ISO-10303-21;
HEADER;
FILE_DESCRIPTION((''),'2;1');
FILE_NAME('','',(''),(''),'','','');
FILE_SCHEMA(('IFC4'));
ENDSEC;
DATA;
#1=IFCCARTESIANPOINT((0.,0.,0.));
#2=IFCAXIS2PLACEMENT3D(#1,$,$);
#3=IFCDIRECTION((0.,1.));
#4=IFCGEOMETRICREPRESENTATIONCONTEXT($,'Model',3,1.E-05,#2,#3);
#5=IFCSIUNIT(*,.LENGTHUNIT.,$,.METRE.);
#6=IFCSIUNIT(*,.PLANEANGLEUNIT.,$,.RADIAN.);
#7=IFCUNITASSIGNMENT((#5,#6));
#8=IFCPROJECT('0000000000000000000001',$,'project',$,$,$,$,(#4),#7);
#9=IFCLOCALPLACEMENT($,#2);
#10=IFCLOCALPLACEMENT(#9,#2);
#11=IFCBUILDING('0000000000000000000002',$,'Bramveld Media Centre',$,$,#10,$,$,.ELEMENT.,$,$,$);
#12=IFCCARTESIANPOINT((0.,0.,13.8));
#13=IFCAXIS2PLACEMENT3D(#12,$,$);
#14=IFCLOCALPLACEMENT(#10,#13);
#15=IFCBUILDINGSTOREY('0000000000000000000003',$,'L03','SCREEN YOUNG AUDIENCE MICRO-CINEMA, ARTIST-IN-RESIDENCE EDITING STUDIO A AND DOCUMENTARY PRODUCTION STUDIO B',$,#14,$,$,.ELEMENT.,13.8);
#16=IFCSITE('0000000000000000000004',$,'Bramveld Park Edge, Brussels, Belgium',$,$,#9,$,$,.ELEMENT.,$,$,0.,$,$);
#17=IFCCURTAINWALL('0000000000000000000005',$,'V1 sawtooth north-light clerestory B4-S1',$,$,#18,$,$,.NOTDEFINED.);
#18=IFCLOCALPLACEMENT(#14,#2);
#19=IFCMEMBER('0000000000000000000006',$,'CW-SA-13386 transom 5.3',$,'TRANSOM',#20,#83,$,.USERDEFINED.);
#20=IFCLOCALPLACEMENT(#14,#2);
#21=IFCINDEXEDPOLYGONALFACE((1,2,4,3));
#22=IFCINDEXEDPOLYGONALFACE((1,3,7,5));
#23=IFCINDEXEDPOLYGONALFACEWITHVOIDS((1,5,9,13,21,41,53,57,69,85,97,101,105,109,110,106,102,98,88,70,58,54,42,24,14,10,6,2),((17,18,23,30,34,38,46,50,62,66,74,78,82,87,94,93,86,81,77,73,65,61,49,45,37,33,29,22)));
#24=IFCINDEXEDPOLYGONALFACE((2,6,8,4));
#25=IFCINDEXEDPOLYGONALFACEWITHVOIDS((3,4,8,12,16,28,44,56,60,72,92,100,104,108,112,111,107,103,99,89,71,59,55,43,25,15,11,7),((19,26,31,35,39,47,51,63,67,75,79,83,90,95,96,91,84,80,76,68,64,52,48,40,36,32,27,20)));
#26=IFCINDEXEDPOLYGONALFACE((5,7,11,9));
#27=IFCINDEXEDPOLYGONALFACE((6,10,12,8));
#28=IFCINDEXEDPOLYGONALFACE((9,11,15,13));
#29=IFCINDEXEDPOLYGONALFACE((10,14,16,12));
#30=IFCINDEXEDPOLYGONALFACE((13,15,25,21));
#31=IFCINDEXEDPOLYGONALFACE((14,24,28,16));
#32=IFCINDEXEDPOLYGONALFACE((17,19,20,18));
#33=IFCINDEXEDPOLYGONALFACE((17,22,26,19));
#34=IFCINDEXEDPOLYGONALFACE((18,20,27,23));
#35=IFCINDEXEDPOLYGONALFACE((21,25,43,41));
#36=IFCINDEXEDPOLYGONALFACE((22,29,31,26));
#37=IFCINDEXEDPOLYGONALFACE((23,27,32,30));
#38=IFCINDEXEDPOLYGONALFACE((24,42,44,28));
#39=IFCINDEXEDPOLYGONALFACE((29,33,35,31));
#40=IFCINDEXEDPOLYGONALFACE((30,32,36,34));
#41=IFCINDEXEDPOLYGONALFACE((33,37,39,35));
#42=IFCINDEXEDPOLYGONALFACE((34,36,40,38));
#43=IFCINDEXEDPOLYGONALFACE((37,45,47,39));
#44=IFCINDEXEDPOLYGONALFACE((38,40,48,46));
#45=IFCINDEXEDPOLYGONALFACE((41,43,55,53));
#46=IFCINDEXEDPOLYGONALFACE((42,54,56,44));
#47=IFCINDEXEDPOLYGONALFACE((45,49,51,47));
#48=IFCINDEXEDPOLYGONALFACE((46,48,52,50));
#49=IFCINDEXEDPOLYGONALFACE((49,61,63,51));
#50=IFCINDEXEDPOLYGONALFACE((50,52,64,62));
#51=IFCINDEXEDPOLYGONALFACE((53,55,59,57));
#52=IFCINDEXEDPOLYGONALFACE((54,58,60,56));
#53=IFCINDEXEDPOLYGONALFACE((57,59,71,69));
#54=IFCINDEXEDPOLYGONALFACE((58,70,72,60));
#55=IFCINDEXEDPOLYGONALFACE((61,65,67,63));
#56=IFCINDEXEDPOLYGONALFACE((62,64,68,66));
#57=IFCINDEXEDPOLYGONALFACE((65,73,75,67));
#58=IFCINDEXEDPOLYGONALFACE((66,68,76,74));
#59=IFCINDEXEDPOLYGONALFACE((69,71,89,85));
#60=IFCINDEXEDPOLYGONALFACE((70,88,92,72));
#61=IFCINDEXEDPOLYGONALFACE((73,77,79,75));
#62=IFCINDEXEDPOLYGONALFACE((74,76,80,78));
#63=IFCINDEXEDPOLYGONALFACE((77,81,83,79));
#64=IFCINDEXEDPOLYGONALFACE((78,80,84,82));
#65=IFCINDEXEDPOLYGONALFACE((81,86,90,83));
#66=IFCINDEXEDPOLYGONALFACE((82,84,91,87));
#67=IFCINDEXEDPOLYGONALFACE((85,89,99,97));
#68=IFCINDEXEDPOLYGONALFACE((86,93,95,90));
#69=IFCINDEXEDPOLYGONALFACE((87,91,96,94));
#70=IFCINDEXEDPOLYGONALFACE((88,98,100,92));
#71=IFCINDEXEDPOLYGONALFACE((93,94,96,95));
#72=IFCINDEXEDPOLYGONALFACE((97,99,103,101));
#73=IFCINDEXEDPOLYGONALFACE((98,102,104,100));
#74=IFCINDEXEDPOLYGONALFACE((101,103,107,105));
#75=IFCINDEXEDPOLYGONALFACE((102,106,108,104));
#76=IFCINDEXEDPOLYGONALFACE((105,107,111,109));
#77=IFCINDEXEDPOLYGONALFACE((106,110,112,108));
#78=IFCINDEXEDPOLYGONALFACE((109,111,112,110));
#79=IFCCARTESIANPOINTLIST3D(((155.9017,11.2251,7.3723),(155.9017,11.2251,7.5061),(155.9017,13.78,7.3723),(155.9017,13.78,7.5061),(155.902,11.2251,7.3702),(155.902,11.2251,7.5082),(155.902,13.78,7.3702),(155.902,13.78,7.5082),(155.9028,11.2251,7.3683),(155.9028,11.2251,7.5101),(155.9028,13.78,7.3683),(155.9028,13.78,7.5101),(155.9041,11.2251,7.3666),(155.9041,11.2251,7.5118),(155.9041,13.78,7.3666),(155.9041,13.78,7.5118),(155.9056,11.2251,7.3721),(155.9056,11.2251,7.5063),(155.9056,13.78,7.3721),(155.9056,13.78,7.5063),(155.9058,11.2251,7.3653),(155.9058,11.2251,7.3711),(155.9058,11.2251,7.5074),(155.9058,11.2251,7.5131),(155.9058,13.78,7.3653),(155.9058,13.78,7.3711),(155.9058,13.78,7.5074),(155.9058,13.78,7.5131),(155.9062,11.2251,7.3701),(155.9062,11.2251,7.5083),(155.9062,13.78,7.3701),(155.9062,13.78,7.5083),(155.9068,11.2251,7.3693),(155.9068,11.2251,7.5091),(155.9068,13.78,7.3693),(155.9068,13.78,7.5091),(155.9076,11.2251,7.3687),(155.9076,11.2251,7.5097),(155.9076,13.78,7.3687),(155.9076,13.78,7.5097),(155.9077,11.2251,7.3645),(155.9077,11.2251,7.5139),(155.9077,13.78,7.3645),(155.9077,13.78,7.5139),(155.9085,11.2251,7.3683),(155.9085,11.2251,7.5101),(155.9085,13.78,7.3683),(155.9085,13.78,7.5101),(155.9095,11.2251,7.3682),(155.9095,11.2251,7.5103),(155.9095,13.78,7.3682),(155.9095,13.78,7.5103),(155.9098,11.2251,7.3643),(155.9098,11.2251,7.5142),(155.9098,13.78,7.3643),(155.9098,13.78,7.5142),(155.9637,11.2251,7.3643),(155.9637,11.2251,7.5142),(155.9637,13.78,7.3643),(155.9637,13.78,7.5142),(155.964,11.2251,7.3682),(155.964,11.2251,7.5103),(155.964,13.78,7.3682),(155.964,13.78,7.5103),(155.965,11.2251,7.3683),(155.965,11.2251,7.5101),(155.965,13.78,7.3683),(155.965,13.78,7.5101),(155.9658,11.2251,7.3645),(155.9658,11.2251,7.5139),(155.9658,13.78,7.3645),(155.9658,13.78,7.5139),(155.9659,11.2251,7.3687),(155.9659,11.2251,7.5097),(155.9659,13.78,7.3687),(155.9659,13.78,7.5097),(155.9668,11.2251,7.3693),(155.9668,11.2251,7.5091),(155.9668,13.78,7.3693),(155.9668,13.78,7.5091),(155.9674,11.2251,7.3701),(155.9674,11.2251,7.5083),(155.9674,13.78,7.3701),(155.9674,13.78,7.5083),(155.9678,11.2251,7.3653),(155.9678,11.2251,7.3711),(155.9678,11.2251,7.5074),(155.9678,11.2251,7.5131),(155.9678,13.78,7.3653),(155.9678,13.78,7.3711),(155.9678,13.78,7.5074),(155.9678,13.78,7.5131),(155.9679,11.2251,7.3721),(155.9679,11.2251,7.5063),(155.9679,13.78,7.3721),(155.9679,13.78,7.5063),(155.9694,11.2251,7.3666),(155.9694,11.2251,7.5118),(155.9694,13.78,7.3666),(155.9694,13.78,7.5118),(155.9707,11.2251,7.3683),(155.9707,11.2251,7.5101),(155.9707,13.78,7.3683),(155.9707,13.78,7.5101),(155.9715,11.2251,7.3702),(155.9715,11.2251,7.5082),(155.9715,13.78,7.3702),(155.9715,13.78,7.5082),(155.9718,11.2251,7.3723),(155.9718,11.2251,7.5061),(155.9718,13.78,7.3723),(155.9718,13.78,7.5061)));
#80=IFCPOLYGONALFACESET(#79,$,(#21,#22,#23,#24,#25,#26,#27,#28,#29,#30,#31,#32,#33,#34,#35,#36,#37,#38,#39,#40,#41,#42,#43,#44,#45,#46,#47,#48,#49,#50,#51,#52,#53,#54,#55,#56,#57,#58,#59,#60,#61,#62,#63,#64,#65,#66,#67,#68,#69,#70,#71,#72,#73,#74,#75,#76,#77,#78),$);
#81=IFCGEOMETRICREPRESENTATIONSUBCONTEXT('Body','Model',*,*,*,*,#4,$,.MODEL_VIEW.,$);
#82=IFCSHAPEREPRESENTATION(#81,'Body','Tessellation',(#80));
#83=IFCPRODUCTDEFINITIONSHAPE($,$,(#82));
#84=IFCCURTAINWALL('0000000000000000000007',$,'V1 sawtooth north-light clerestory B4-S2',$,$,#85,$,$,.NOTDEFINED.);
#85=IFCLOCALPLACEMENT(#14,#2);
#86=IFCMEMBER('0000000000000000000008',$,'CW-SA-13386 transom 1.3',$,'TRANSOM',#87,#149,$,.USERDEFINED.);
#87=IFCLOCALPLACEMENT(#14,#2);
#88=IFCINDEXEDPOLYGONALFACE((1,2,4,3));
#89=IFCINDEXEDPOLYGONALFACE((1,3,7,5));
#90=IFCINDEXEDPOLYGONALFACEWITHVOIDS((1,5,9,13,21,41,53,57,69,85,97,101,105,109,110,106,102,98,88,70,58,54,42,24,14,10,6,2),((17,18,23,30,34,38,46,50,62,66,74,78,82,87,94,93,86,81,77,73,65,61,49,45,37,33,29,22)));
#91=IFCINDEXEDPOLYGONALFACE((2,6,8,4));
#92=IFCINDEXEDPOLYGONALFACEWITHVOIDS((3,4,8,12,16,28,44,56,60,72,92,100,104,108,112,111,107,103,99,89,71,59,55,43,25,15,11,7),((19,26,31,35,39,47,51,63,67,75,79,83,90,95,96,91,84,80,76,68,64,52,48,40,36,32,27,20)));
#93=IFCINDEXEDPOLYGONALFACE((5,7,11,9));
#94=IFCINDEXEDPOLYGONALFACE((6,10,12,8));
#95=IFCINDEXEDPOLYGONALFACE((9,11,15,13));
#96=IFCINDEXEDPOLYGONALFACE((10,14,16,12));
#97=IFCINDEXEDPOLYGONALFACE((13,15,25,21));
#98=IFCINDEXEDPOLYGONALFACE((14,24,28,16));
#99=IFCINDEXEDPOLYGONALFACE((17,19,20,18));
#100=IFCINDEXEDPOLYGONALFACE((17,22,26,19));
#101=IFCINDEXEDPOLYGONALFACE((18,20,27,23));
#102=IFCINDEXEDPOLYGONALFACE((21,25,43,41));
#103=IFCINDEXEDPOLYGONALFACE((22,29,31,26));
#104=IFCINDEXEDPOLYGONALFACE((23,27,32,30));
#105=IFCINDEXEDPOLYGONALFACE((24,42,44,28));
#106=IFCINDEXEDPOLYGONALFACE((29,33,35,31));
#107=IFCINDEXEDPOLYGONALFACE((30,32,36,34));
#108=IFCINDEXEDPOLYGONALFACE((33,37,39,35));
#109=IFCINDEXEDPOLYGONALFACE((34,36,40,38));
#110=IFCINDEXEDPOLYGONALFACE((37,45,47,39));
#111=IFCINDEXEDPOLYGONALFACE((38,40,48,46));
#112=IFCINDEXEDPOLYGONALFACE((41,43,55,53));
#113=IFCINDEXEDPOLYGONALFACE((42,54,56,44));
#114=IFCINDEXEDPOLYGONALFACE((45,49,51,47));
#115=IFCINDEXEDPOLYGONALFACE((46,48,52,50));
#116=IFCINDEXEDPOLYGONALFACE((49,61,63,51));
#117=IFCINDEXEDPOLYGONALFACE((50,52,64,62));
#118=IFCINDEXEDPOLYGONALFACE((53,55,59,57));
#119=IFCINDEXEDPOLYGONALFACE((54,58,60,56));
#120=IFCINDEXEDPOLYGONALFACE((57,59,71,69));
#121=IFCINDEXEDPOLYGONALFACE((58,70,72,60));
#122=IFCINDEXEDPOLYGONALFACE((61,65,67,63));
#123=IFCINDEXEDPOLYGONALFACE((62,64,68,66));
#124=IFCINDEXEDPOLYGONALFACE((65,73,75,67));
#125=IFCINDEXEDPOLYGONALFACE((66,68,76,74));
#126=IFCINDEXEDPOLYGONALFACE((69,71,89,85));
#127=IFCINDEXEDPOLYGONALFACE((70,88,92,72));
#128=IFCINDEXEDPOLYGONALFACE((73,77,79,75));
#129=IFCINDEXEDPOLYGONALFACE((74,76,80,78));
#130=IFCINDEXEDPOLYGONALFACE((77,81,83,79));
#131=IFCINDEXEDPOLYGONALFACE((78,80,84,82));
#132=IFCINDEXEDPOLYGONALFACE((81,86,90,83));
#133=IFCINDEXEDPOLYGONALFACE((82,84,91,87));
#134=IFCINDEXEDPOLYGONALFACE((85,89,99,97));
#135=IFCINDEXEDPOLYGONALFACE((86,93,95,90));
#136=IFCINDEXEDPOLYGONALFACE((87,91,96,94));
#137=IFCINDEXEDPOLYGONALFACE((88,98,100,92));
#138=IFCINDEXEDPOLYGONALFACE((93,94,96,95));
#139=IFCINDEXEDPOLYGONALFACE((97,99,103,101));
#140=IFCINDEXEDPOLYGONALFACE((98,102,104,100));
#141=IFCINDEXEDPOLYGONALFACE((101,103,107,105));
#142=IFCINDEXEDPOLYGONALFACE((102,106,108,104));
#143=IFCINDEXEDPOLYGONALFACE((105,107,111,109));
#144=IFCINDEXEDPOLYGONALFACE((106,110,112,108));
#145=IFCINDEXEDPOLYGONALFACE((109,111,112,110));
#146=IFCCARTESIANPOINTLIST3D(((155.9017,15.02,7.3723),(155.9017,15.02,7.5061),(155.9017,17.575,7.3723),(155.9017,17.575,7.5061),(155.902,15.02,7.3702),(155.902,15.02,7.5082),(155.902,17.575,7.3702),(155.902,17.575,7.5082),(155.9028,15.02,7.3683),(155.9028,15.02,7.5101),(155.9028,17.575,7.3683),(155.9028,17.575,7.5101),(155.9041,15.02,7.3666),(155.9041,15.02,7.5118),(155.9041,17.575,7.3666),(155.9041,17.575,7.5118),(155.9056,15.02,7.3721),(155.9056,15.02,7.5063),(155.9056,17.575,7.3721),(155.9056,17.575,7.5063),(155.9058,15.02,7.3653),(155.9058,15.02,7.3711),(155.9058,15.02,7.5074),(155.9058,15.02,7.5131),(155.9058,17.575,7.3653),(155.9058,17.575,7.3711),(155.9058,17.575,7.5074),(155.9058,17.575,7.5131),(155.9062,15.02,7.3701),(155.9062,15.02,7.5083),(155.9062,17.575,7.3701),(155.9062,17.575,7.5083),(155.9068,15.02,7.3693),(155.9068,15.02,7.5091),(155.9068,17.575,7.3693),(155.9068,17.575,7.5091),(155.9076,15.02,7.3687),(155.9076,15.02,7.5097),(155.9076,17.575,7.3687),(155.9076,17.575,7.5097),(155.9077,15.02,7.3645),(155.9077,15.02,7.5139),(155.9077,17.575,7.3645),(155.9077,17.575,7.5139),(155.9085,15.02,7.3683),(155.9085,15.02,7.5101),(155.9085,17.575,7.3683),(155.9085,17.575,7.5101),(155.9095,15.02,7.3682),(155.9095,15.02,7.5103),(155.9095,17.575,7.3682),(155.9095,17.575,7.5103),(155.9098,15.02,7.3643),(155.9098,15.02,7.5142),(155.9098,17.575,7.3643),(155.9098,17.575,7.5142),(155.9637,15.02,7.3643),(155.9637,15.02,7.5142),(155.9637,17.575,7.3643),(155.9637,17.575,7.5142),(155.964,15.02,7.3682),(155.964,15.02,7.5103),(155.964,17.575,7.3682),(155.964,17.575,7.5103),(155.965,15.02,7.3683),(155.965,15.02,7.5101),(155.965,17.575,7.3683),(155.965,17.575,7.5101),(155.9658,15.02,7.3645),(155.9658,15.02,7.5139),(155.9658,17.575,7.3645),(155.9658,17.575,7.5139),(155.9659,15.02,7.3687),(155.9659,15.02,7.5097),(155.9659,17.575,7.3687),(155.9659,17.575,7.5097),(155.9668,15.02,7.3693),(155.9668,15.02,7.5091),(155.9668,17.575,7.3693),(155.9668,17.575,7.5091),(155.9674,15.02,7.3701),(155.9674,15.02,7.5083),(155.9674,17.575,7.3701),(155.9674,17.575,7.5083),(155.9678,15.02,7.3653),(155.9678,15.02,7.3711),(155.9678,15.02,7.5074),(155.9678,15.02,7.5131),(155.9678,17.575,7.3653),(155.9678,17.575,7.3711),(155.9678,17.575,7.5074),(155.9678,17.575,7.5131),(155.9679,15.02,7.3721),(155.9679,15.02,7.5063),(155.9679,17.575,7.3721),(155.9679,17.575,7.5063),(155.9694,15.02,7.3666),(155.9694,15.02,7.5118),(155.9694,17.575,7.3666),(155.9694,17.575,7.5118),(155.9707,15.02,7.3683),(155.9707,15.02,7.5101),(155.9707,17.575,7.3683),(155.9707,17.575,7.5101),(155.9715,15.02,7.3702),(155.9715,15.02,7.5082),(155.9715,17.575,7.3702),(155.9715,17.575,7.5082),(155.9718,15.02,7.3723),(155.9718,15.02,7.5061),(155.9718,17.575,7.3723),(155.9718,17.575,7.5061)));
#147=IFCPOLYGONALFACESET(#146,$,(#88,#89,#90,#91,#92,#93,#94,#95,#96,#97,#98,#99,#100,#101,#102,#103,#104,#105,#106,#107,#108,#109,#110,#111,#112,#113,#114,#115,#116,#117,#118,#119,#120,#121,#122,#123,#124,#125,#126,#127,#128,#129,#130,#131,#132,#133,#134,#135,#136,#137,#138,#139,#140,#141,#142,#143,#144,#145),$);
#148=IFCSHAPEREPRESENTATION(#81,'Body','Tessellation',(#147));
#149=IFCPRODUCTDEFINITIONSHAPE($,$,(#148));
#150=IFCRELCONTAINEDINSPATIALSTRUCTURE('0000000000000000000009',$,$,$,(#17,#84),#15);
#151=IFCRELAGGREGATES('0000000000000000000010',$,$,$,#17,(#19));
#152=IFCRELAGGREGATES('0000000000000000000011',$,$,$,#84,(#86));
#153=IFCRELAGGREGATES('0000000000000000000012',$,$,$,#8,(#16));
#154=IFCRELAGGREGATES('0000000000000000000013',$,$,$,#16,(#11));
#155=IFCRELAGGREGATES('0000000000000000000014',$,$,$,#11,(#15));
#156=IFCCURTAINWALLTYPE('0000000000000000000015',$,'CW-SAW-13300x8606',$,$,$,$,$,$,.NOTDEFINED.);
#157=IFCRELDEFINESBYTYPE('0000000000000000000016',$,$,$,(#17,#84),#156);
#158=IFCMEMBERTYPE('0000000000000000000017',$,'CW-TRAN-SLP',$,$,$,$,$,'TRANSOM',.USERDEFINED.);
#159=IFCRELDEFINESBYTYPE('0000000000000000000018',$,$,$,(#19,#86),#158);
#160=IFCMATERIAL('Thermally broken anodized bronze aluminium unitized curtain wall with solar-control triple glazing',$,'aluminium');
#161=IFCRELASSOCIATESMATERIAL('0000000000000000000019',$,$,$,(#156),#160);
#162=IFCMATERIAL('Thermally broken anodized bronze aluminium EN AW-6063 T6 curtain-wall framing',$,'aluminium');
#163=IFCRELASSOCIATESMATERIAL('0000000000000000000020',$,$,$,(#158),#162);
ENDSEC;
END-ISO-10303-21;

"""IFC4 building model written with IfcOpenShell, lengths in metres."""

from ifc_helpers import new_model, si_unit, direction, frame, origin, origin_2d, place, context, subcontext, project, spatial, hollow_rectangle, extrude, material, material_profile, profile_set, type_object, element, aggregate, save


model = new_model("IFC4")

# Units and contexts
model_context = context("Model", 3, precision=1e-05, world=origin(), true_north=direction((0.0, 1.0)))
body_context = subcontext(model_context, "Body", "Model", "MODEL_VIEW")
ifc_project = project(units=[si_unit("LENGTHUNIT", "METRE"), si_unit("PLANEANGLEUNIT", "RADIAN")], contexts=[model_context])

# Site, building, storey
site_placement = place(None, origin())
site = spatial("IfcSite", under=ifc_project, at=site_placement, Name="Bramveld Park Edge, Brussels, Belgium", CompositionType="ELEMENT", RefElevation=0.0)
building_placement = place(site_placement, origin())
building = spatial("IfcBuilding", under=site, at=building_placement, Name="Bramveld Media Centre", CompositionType="ELEMENT")
storey_placement = place(building_placement, frame((0.0, 0.0, 13.8)))
storey = spatial("IfcBuildingStorey", under=building, at=storey_placement, Name="L03", Description="SCREEN YOUNG AUDIENCE MICRO-CINEMA, ARTIST-IN-RESIDENCE EDITING STUDIO A AND DOCUMENTARY PRODUCTION STUDIO B", CompositionType="ELEMENT", Elevation=13.8)

# Shared definitions
ifc_material_1 = material(Name="Thermally broken anodized bronze aluminium unitized curtain wall with solar-control triple glazing", Category="aluminium")
curtain_wall_type = type_object("IfcCurtainWallType", Name="CW-SAW-13300x8606", PredefinedType="NOTDEFINED", material=ifc_material_1)

# Shared definitions
ifc_material_2 = material(Name="Thermally broken anodized bronze aluminium EN AW-6063 T6 curtain-wall framing", Category="aluminium")
ifc_material_profile_1 = material_profile(ifc_material_2, hollow_rectangle(XDim=0.0701, YDim=0.1499, WallThickness=0.0039, InnerFilletRadius=0.0039, OuterFilletRadius=0.0081, at=origin_2d()), Name="AL-TRAN 70x150")
ifc_profile_set_1 = profile_set([ifc_material_profile_1], Name="Thermally broken anodized bronze aluminium EN AW-6063 T6 curtain-wall framing")
member_type_1 = type_object("IfcMemberType", Name="CW-TRAN-SLP", ElementType="TRANSOM", PredefinedType="USERDEFINED", material=ifc_profile_set_1)

# Curtain wall, member
curtain_wall_1_placement = place(storey_placement, origin())
curtain_wall_1 = element("IfcCurtainWall", 1, at=curtain_wall_1_placement, inside=storey, type_object=curtain_wall_type, Name="V1 sawtooth north-light clerestory B4-S1", PredefinedType="NOTDEFINED")
member_1_placement = place(storey_placement, frame((155.9368, 11.2251, 7.4392), z_axis=(0.0, 1.0, 0.0), x_axis=(-1.0, 0.0, 0.0)))
member_1 = element("IfcMember", 2, at=member_1_placement, type_object=member_type_1, Name="CW-SA-13386 transom 5.3", ObjectType="TRANSOM", PredefinedType="USERDEFINED", context=body_context, shape_type="SweptSolid", body=[
    extrude(hollow_rectangle(XDim=0.0701, YDim=0.1499, WallThickness=0.0039, InnerFilletRadius=0.0039, OuterFilletRadius=0.0081, at=origin_2d()), origin(), (0.0, 0.0, 1.0), 2.5549),
])
aggregate(curtain_wall_1, [member_1])

# Curtain wall, member
curtain_wall_2_placement = place(storey_placement, origin())
curtain_wall_2 = element("IfcCurtainWall", 3, at=curtain_wall_2_placement, inside=storey, type_object=curtain_wall_type, Name="V1 sawtooth north-light clerestory B4-S2", PredefinedType="NOTDEFINED")
member_2_placement = place(storey_placement, frame((155.9368, 15.02, 7.4392), z_axis=(0.0, 1.0, 0.0), x_axis=(-1.0, 0.0, 0.0)))
member_2 = element("IfcMember", 4, at=member_2_placement, type_object=member_type_1, Name="CW-SA-13386 transom 1.3", ObjectType="TRANSOM", PredefinedType="USERDEFINED", context=body_context, shape_type="SweptSolid", body=[
    extrude(hollow_rectangle(XDim=0.0701, YDim=0.1499, WallThickness=0.0039, InnerFilletRadius=0.0039, OuterFilletRadius=0.0081, at=origin_2d()), origin(), (0.0, 0.0, 1.0), 2.5549),
])
aggregate(curtain_wall_2, [member_2])

save(model, "model.ifc")
